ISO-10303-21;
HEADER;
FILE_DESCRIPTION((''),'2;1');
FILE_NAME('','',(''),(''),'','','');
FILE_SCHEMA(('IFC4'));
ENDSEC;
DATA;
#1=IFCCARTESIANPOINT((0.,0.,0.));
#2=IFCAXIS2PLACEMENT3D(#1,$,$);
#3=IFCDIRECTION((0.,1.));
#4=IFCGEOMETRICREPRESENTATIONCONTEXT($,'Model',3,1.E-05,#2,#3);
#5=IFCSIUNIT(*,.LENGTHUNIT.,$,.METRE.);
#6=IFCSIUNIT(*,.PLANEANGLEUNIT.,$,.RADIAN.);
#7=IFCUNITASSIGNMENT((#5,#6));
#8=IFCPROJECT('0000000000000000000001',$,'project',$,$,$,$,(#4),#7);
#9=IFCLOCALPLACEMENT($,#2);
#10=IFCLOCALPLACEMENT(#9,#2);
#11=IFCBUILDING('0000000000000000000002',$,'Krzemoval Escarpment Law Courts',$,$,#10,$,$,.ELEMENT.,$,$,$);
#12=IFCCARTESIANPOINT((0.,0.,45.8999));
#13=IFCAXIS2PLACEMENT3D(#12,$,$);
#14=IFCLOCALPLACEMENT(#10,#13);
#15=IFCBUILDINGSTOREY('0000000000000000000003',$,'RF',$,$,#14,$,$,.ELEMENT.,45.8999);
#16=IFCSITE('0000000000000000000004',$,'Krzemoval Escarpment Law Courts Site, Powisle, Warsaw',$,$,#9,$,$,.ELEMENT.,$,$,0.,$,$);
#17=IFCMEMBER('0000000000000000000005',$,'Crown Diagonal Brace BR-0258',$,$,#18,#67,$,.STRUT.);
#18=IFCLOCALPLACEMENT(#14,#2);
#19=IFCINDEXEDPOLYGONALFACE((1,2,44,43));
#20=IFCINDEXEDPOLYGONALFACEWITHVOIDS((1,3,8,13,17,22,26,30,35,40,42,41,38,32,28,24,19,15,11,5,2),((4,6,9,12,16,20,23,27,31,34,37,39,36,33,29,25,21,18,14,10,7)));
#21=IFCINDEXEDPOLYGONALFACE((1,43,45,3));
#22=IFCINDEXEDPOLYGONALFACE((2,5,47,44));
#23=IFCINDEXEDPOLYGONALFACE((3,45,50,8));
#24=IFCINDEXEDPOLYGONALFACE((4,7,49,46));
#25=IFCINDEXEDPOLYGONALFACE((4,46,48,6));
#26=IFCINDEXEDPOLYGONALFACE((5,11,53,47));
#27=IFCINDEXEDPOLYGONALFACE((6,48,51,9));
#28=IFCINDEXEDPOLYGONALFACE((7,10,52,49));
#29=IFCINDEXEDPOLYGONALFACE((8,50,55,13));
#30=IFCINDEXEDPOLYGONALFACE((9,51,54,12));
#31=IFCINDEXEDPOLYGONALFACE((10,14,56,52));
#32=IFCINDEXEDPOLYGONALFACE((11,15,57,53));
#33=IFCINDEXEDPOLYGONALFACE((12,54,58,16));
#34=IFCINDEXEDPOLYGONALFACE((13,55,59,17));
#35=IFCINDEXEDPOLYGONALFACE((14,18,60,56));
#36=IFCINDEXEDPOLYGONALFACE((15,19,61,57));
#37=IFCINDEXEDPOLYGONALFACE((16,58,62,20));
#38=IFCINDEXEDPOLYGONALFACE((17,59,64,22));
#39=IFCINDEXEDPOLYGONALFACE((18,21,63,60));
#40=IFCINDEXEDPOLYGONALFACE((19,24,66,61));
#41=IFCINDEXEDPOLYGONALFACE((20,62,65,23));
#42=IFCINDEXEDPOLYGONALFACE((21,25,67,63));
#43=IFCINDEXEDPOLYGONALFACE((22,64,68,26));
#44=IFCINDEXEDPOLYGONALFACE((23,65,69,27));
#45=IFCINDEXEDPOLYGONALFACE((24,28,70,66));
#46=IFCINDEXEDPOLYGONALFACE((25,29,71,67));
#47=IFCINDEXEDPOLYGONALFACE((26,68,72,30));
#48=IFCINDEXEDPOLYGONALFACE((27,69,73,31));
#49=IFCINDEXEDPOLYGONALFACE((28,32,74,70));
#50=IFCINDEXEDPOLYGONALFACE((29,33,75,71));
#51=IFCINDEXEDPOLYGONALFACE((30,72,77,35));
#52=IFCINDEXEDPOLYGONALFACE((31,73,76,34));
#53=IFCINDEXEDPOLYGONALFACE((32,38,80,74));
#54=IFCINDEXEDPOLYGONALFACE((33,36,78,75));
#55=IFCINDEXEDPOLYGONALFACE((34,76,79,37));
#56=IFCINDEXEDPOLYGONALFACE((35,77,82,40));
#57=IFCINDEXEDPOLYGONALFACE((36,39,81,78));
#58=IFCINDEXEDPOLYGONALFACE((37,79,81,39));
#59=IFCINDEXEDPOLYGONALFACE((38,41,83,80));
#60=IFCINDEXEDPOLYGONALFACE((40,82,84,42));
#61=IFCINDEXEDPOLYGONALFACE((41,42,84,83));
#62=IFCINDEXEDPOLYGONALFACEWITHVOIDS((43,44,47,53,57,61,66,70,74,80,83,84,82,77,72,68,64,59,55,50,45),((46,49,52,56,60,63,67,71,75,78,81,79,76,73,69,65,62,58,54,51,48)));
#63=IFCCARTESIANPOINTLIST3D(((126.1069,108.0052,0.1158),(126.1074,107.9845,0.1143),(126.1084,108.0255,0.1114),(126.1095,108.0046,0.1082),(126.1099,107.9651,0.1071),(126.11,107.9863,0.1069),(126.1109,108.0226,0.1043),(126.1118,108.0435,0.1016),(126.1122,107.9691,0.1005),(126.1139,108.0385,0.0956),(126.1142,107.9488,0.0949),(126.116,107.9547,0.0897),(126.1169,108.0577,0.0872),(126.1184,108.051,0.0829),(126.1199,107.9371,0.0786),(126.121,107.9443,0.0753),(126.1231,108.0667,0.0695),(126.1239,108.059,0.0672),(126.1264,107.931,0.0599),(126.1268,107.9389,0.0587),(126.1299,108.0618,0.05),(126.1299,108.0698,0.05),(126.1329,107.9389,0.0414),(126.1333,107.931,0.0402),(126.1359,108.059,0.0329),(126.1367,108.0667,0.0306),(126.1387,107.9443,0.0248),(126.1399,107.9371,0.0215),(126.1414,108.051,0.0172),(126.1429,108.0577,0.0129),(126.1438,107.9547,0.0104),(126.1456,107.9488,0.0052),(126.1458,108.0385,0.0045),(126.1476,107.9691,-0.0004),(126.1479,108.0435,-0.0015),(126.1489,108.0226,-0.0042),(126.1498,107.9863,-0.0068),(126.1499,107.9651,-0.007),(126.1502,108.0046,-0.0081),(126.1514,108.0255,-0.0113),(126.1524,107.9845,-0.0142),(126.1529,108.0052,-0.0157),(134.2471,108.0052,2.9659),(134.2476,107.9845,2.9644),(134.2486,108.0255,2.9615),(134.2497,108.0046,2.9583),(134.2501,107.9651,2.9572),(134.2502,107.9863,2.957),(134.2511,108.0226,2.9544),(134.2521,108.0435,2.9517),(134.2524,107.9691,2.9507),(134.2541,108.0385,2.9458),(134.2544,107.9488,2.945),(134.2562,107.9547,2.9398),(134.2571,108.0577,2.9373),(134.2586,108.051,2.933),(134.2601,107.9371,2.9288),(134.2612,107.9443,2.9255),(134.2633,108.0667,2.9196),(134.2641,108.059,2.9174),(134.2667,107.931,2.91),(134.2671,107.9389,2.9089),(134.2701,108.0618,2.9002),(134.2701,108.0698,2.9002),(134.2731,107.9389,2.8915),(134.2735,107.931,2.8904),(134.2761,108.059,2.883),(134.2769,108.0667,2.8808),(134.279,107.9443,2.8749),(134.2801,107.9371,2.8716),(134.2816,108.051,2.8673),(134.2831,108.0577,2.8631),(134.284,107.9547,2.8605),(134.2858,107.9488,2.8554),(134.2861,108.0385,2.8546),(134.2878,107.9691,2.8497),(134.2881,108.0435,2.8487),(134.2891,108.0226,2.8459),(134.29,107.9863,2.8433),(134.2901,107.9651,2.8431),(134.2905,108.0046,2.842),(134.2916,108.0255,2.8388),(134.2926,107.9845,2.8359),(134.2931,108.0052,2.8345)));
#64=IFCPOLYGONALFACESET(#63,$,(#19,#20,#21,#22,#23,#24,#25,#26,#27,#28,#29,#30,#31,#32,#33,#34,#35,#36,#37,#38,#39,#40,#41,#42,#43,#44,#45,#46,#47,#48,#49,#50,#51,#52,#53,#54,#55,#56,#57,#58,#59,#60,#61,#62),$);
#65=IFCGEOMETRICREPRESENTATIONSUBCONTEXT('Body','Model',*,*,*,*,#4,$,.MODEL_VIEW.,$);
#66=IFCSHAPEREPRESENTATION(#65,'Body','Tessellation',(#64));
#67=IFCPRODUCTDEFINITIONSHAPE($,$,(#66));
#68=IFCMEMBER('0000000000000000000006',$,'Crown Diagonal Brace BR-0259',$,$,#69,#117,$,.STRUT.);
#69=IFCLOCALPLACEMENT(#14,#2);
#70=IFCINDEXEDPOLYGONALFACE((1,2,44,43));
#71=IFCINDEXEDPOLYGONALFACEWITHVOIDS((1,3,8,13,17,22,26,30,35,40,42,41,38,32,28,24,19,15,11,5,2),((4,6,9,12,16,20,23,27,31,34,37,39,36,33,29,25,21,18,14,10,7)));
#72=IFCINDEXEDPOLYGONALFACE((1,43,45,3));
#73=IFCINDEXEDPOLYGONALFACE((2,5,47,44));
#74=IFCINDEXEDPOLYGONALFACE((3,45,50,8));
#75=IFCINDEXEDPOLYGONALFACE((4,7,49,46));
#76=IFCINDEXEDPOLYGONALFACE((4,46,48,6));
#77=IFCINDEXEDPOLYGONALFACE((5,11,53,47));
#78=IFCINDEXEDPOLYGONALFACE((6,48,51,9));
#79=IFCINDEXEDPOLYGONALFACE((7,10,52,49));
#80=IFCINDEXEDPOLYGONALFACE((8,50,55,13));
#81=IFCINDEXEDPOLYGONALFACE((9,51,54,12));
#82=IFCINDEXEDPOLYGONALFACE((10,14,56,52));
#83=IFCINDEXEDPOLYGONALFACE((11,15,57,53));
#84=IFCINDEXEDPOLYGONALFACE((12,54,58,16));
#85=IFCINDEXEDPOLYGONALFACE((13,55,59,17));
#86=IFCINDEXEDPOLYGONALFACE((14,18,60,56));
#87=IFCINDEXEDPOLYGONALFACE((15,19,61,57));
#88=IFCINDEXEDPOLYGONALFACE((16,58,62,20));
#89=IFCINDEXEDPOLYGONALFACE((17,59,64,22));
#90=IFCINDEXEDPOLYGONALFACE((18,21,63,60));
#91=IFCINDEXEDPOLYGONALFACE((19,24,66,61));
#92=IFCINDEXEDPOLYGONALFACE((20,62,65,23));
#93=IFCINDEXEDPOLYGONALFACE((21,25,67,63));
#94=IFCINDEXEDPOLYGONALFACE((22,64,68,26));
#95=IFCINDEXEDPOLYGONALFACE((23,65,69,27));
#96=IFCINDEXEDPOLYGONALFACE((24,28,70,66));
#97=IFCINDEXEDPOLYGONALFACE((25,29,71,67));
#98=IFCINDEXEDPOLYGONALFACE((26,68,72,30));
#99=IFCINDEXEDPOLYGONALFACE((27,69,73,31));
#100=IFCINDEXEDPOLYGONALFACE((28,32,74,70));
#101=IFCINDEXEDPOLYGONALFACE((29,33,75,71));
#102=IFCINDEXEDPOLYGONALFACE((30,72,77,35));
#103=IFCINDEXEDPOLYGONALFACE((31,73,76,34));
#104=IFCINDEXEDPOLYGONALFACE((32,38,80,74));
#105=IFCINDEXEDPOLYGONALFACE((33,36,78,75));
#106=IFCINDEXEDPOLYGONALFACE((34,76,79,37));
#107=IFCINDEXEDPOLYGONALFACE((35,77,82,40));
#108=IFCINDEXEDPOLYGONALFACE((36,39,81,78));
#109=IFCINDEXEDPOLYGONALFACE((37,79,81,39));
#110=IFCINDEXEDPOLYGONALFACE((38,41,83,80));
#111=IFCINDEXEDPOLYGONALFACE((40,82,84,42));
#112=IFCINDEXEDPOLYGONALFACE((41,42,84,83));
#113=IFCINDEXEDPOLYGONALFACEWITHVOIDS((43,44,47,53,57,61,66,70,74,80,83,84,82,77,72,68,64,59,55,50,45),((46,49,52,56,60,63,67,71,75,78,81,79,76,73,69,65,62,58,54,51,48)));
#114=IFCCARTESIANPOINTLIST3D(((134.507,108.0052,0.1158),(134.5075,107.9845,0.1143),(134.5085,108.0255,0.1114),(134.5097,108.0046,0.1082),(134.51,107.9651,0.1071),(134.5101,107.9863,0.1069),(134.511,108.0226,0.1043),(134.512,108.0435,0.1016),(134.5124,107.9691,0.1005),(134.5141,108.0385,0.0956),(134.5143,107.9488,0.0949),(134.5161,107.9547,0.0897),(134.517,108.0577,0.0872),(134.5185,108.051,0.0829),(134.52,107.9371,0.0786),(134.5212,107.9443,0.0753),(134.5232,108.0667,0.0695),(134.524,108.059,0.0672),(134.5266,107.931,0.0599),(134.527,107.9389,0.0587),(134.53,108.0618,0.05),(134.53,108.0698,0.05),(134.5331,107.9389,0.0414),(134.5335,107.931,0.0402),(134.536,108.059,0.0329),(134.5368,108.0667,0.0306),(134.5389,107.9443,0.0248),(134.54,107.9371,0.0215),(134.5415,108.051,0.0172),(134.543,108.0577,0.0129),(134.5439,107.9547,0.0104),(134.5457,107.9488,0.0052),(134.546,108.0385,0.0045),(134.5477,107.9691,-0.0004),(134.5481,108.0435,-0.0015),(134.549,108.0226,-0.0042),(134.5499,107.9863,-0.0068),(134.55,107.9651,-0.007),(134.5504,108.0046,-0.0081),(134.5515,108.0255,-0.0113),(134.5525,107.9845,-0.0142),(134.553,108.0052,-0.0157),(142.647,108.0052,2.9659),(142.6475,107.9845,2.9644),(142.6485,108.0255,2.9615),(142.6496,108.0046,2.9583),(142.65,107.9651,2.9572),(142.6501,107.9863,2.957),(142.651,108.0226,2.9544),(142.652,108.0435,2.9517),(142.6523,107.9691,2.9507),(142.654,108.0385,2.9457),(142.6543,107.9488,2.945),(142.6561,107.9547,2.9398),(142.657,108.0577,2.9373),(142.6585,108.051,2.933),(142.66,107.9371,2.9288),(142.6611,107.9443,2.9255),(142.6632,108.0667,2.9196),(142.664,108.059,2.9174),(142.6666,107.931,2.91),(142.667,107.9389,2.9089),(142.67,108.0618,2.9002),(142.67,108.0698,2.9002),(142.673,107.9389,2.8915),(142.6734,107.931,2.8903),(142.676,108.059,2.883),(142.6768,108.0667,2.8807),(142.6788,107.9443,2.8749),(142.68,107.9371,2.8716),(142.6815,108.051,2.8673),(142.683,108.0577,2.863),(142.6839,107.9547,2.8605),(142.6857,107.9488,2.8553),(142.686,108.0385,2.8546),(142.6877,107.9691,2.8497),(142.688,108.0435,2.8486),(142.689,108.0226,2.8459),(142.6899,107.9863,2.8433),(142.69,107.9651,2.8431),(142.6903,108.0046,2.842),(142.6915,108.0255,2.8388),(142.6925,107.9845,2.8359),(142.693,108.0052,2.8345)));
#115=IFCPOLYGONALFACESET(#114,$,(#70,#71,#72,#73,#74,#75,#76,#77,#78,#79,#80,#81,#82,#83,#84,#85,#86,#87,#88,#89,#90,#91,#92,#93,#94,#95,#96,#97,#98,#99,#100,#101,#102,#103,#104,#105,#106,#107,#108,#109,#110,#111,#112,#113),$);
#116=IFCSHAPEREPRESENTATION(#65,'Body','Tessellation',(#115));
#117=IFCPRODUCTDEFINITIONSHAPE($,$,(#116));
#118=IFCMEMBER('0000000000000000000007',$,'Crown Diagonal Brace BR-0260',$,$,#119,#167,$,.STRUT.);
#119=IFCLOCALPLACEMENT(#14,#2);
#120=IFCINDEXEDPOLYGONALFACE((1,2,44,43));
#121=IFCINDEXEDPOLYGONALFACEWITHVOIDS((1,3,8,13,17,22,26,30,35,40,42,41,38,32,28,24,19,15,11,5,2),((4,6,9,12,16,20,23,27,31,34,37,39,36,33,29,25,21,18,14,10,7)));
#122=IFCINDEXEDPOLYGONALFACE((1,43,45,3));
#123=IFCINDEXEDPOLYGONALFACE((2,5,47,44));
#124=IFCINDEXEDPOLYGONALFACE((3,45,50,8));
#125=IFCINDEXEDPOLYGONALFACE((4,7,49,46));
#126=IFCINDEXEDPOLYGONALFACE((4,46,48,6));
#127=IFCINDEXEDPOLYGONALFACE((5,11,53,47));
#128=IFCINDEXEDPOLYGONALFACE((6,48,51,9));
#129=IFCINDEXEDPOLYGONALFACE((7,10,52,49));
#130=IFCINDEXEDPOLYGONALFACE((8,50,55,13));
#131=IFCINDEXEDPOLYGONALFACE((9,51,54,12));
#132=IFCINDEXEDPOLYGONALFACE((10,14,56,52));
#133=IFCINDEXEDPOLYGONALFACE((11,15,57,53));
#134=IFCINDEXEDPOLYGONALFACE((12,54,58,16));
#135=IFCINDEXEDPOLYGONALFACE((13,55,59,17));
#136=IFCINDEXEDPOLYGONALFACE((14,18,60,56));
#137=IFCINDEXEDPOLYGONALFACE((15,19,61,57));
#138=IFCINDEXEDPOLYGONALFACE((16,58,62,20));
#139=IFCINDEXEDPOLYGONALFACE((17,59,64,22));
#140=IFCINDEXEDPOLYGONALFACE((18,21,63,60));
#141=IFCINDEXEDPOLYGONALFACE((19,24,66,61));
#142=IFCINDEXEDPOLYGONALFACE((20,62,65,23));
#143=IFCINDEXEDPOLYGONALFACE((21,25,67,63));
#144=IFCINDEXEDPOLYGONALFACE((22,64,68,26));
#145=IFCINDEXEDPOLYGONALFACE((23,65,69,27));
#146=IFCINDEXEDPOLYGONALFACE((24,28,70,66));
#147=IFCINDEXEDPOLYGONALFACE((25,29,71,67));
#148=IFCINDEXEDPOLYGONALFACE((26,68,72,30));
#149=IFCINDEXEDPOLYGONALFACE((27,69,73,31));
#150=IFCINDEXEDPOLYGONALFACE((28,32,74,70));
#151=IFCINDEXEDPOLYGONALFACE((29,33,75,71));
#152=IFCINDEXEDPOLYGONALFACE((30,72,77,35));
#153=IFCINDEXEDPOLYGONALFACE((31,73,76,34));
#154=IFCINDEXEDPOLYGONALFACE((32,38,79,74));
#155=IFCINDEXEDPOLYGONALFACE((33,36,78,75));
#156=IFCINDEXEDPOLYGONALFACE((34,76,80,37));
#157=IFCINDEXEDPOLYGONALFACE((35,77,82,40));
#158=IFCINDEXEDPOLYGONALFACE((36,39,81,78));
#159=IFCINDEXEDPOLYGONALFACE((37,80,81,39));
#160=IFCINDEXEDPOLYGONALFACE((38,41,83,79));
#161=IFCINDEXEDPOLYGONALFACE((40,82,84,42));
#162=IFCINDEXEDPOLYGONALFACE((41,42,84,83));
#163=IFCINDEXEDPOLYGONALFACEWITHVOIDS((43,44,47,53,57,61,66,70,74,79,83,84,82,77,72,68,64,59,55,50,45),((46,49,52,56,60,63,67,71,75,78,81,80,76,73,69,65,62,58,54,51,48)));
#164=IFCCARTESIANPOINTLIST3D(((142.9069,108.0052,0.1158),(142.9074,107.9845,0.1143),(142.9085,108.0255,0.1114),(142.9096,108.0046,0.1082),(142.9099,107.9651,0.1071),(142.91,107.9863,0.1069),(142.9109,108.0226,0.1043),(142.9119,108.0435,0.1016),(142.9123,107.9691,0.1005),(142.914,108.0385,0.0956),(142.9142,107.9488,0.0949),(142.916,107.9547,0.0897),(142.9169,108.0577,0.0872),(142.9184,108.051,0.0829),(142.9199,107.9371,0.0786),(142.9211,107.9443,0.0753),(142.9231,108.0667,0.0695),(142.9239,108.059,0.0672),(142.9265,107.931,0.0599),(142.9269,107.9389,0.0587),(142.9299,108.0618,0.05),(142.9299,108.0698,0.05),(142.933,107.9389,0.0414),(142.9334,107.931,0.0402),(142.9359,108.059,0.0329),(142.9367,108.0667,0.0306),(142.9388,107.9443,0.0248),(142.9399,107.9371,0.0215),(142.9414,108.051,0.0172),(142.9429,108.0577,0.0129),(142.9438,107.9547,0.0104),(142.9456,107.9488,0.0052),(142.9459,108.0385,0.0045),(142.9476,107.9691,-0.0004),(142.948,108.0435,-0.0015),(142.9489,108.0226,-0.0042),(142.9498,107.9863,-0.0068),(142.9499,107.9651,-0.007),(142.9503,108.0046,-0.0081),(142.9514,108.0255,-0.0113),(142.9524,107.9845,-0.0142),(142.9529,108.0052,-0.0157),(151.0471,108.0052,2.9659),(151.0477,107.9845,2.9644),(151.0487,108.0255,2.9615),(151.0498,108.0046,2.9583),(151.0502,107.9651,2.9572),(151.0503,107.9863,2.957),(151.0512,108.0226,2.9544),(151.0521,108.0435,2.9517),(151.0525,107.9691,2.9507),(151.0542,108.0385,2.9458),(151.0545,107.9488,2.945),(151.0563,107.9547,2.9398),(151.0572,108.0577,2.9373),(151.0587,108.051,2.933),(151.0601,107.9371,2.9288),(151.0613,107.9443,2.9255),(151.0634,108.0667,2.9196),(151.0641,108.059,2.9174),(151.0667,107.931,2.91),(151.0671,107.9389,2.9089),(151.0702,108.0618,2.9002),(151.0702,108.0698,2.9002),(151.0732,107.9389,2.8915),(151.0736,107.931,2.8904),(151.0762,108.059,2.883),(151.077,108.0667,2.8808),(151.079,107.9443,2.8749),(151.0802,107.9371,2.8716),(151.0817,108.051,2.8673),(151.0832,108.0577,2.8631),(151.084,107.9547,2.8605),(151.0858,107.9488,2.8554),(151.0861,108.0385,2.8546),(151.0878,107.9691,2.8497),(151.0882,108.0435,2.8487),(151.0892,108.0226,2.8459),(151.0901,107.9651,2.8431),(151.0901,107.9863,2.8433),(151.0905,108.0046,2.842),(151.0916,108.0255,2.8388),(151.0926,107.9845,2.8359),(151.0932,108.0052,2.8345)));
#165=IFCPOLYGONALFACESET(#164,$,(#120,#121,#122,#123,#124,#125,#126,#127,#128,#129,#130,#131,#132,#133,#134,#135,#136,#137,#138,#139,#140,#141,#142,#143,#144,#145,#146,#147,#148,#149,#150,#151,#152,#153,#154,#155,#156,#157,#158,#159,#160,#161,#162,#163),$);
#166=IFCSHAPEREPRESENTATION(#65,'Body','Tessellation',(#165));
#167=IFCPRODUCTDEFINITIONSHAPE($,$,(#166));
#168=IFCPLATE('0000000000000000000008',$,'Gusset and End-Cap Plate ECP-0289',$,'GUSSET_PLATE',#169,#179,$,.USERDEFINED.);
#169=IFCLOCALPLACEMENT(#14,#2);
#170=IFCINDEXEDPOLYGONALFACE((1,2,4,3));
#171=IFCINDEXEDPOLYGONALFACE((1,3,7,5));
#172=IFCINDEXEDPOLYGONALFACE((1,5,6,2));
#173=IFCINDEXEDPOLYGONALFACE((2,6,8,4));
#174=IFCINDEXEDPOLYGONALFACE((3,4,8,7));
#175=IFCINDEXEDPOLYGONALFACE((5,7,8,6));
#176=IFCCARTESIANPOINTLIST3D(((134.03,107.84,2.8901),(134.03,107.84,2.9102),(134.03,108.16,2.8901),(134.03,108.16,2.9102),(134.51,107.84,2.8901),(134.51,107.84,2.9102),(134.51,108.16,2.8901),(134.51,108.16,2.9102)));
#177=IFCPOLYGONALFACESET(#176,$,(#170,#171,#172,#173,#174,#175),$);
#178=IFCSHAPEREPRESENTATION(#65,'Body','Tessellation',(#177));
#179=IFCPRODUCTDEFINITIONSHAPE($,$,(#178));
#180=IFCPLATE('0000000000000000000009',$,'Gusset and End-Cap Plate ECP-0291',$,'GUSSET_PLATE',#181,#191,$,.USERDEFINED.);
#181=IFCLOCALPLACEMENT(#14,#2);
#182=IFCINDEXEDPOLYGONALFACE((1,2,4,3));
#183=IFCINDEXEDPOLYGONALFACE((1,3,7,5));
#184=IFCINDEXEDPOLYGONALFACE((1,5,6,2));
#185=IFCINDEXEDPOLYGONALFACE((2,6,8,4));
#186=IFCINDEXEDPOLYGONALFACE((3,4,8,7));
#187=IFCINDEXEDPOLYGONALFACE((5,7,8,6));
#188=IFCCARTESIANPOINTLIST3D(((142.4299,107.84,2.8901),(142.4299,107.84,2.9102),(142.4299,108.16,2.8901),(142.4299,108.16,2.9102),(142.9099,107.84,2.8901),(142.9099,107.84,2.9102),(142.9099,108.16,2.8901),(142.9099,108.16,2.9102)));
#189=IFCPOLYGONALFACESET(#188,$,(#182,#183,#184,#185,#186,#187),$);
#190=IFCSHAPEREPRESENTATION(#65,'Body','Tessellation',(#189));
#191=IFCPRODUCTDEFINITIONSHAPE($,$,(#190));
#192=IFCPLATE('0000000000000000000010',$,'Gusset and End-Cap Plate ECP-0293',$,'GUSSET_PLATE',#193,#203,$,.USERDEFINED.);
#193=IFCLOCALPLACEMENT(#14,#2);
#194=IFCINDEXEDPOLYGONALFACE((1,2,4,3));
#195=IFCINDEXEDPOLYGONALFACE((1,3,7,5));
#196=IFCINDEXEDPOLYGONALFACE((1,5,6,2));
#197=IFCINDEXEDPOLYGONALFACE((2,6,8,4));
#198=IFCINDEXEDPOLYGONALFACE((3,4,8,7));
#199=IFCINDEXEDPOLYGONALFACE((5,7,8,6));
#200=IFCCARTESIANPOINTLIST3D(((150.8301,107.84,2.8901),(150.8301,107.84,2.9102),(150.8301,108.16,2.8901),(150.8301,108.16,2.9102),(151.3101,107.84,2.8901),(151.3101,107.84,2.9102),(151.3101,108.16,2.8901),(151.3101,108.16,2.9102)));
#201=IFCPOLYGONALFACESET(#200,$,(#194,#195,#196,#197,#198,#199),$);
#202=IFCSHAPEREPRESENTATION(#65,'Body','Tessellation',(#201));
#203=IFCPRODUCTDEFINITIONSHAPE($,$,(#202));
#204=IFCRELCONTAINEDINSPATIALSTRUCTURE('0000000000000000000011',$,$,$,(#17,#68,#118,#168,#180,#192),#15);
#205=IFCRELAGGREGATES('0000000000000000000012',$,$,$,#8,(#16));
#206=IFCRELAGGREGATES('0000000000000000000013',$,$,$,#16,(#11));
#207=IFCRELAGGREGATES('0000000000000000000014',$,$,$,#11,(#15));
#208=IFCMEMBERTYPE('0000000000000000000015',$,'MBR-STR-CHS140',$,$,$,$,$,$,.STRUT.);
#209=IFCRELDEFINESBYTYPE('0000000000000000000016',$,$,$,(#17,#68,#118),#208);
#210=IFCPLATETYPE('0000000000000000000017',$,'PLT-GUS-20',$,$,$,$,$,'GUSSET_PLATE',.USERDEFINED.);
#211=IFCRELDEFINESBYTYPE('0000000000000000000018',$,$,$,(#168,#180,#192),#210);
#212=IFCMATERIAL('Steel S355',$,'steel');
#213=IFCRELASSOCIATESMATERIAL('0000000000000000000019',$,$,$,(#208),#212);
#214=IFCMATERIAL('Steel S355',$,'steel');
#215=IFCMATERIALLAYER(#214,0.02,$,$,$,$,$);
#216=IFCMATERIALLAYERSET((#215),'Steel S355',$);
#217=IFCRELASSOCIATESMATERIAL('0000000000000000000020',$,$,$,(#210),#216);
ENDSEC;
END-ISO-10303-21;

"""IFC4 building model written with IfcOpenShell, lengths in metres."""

from ifc_helpers import new_model, si_unit, direction, frame, origin, origin_2d, place, context, subcontext, project, spatial, rectangle, hollow_circle, extrude, material, layer, layer_set, material_profile, profile_set, type_object, element, save


model = new_model("IFC4")

# Units and contexts
model_context = context("Model", 3, precision=1e-05, world=origin(), true_north=direction((0.0, 1.0)))
body_context = subcontext(model_context, "Body", "Model", "MODEL_VIEW")
ifc_project = project(units=[si_unit("LENGTHUNIT", "METRE"), si_unit("PLANEANGLEUNIT", "RADIAN")], contexts=[model_context])

# Site, building, storey
site_placement = place(None, origin())
site = spatial("IfcSite", under=ifc_project, at=site_placement, Name="Krzemoval Escarpment Law Courts Site, Powisle, Warsaw", CompositionType="ELEMENT", RefElevation=0.0)
building_placement = place(site_placement, origin())
building = spatial("IfcBuilding", under=site, at=building_placement, Name="Krzemoval Escarpment Law Courts", CompositionType="ELEMENT")
storey_placement = place(building_placement, frame((0.0, 0.0, 45.8999)))
storey = spatial("IfcBuildingStorey", under=building, at=storey_placement, Name="RF", CompositionType="ELEMENT", Elevation=45.8999)

# Members
ifc_material_1 = material(Name="Steel S355", Category="steel")
ifc_material_profile_1 = material_profile(ifc_material_1, hollow_circle(Radius=0.0698, WallThickness=0.0081, at=origin_2d()), Name="CHS 139.7x8")
ifc_profile_set_1 = profile_set([ifc_material_profile_1], Name="Steel S355")
member_type = type_object("IfcMemberType", Name="MBR-STR-CHS140", PredefinedType="STRUT", material=ifc_profile_set_1)
member_1_placement = place(storey_placement, frame((126.1299, 108.0, 0.05), z_axis=(0.94382, 0.0, 0.330459), x_axis=(0.0, 1.0, 0.0)))
element("IfcMember", 1, at=member_1_placement, inside=storey, type_object=member_type, Name="Crown Diagonal Brace BR-0258", PredefinedType="STRUT", context=body_context, shape_type="SweptSolid", body=[
    extrude(hollow_circle(Radius=0.0698, WallThickness=0.0081, at=origin_2d()), origin(), (0.0, 0.0, 1.0), 8.6248),
])
member_2_placement = place(storey_placement, frame((134.53, 108.0, 0.05), z_axis=(0.943817, 0.0, 0.330468), x_axis=(0.0, 1.0, 0.0)))
element("IfcMember", 2, at=member_2_placement, inside=storey, type_object=member_type, Name="Crown Diagonal Brace BR-0259", PredefinedType="STRUT", context=body_context, shape_type="SweptSolid", body=[
    extrude(hollow_circle(Radius=0.0698, WallThickness=0.0081, at=origin_2d()), origin(), (0.0, 0.0, 1.0), 8.6245),
])
member_3_placement = place(storey_placement, frame((142.9299, 108.0, 0.05), z_axis=(0.94382, 0.0, 0.330459), x_axis=(0.0, 1.0, 0.0)))
element("IfcMember", 3, at=member_3_placement, inside=storey, type_object=member_type, Name="Crown Diagonal Brace BR-0260", PredefinedType="STRUT", context=body_context, shape_type="SweptSolid", body=[
    extrude(hollow_circle(Radius=0.0698, WallThickness=0.0081, at=origin_2d()), origin(), (0.0, 0.0, 1.0), 8.6248),
])

# Plates
ifc_material_2 = material(Name="Steel S355", Category="steel")
ifc_layer_1 = layer(ifc_material_2, 0.02)
ifc_layer_set_1 = layer_set([ifc_layer_1], Name="Steel S355")
plate_type_1 = type_object("IfcPlateType", Name="PLT-GUS-20", ElementType="GUSSET_PLATE", PredefinedType="USERDEFINED", material=ifc_layer_set_1)
for number, where, z_axis, x_axis, name in (
    (4, (134.27, 108.0, 2.8901), (0.0, 0.0, 1.0), (1.0, 0.0, 0.0), "Gusset and End-Cap Plate ECP-0289"),
    (5, (142.6699, 108.0, 2.8901), (0.0, 0.0, 1.0), (1.0, 0.0, 0.0), "Gusset and End-Cap Plate ECP-0291"),
    (6, (151.0701, 108.0, 2.8901), (0.0, 0.0, 1.0), (1.0, 0.0, 0.0), "Gusset and End-Cap Plate ECP-0293"),
):
    element("IfcPlate", number, at=place(storey_placement, frame(where, z_axis=z_axis, x_axis=x_axis)), inside=storey, type_object=plate_type_1, Name=name, ObjectType="GUSSET_PLATE", PredefinedType="USERDEFINED", context=body_context, shape_type="SweptSolid", body=[
        extrude(rectangle(XDim=0.48, YDim=0.3201, at=origin_2d()), origin(), (0.0, 0.0, 1.0), 0.02),
    ])

save(model, "model.ifc")
